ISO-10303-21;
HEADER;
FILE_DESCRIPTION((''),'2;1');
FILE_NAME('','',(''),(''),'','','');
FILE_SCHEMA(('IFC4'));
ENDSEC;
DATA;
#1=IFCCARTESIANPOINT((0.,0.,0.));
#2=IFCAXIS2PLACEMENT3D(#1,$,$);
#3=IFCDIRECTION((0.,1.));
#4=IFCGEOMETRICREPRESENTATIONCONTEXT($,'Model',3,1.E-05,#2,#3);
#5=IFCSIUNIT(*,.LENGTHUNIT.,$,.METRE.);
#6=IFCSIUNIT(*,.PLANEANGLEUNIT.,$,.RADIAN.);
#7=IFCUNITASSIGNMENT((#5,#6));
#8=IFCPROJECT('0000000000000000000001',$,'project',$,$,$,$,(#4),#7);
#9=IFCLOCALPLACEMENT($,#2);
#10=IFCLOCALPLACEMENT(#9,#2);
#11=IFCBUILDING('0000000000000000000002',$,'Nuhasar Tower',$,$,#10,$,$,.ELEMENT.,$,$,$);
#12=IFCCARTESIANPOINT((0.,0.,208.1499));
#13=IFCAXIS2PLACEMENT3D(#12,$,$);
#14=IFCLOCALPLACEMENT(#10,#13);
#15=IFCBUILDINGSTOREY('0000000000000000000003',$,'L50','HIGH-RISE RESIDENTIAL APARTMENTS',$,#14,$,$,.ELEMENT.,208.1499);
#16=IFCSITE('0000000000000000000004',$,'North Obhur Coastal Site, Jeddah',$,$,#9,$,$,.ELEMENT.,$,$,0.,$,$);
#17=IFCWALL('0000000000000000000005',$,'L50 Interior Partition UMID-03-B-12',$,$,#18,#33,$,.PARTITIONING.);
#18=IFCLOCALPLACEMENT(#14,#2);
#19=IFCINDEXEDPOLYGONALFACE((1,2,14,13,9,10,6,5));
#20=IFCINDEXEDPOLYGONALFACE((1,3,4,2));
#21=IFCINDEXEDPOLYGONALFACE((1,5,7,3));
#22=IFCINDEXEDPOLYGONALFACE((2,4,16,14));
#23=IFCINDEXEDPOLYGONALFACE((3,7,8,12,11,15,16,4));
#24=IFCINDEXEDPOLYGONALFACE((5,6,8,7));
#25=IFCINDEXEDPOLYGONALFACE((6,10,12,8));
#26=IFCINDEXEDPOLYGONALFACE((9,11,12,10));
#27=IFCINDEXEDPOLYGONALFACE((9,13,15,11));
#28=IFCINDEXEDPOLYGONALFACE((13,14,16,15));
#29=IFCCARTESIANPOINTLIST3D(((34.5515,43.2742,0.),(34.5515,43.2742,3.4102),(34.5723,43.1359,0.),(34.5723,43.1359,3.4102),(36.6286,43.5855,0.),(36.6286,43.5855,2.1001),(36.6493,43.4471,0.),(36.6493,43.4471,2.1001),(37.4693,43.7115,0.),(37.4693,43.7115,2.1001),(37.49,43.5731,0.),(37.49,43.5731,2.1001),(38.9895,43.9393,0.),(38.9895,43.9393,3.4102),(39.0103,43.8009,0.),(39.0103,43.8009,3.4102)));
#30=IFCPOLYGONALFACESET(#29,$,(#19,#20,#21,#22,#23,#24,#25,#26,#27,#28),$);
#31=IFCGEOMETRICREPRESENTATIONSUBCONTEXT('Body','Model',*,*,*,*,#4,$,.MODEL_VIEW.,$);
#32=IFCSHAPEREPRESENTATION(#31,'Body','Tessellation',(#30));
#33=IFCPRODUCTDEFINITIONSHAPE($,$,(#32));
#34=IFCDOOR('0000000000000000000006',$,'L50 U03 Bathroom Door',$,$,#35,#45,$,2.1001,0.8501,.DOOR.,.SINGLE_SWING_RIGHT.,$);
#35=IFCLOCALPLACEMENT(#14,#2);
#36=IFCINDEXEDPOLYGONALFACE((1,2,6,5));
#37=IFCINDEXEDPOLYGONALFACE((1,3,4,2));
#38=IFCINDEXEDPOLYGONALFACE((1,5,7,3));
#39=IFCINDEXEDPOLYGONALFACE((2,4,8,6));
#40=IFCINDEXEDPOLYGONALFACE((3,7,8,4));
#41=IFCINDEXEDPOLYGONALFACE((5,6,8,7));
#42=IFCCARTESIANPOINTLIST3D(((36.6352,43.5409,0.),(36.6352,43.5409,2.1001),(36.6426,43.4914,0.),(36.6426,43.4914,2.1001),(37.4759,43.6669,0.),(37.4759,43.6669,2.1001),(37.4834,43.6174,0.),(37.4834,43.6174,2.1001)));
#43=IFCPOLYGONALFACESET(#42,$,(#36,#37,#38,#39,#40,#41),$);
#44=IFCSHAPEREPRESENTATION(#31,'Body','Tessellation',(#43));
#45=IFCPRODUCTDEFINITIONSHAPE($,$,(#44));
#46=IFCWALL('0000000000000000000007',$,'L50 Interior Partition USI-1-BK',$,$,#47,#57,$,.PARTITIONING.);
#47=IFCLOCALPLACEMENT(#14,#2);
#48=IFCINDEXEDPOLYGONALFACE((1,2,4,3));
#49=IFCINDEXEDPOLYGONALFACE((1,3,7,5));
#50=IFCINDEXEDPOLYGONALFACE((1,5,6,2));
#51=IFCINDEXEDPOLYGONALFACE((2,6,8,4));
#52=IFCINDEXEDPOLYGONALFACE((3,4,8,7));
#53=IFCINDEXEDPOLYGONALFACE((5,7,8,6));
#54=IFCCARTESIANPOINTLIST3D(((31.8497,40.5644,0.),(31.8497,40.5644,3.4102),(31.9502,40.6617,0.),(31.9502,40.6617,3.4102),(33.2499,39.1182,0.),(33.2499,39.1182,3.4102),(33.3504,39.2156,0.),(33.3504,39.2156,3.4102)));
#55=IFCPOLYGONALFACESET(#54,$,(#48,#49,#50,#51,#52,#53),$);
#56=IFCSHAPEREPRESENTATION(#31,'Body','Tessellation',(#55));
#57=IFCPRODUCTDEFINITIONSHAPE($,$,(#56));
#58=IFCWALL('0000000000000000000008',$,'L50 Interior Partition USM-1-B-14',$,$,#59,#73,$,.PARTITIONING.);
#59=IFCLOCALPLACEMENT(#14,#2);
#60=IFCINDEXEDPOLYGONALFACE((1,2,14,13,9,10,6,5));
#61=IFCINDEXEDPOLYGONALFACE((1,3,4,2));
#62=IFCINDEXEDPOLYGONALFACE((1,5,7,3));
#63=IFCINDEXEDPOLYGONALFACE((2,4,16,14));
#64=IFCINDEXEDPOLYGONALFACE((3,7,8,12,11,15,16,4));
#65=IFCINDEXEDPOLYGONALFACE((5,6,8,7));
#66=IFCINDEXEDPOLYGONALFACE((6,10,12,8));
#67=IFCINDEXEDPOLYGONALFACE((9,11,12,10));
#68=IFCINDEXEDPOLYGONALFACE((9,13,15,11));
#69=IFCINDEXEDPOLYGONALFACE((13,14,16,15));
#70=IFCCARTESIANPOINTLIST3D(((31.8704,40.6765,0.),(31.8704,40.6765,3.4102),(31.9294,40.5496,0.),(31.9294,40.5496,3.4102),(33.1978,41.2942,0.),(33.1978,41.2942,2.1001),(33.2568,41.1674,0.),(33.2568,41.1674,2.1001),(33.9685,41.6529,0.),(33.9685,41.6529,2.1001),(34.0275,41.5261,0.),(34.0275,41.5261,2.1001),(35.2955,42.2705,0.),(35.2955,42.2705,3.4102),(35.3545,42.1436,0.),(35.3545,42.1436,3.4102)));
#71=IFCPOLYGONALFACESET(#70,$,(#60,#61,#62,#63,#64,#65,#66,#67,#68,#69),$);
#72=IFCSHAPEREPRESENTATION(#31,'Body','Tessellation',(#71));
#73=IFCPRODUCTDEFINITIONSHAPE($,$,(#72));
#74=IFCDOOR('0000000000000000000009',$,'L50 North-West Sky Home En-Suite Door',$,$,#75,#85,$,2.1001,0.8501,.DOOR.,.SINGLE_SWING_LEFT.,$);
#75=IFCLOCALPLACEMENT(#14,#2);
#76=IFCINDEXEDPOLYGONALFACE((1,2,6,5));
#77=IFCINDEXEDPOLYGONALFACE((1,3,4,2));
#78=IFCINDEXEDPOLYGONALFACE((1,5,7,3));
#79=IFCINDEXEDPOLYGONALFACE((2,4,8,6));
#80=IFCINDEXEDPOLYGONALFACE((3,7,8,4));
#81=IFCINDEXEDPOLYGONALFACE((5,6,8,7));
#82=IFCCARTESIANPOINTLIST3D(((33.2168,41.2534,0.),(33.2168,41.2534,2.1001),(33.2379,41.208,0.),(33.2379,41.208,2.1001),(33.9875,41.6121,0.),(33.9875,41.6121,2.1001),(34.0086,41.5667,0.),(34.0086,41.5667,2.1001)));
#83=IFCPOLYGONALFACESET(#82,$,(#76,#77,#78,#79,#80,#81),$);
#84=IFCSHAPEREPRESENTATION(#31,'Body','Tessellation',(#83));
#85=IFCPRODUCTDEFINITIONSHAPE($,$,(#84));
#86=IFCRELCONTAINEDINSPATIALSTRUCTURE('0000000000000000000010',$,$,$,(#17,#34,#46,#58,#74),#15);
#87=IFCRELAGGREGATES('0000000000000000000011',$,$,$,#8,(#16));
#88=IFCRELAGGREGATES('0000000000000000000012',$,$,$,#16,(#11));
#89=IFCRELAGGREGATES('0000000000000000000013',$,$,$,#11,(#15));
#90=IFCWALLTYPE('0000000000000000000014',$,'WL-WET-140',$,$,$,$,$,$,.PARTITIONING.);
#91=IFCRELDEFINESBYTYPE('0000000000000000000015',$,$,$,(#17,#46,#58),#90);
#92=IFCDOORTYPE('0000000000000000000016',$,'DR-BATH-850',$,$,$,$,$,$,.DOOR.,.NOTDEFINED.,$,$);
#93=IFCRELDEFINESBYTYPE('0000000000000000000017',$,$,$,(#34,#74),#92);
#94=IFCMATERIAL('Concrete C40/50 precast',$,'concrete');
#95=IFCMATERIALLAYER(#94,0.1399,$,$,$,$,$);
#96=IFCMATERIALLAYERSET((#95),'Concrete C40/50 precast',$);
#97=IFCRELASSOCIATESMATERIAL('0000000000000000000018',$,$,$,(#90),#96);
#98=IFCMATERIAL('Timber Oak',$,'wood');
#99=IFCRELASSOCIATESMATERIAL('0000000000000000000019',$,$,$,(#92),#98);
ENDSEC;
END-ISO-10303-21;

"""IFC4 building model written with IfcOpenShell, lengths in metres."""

from ifc_helpers import new_model, si_unit, direction, frame, frame_2d, origin, place, context, subcontext, project, spatial, rectangle, extrude, material, layer, layer_set, type_object, element, fill, save


model = new_model("IFC4")

# Units and contexts
model_context = context("Model", 3, precision=1e-05, world=origin(), true_north=direction((0.0, 1.0)))
body_context = subcontext(model_context, "Body", "Model", "MODEL_VIEW")
ifc_project = project(units=[si_unit("LENGTHUNIT", "METRE"), si_unit("PLANEANGLEUNIT", "RADIAN")], contexts=[model_context])

# Site, building, storey
site_placement = place(None, origin())
site = spatial("IfcSite", under=ifc_project, at=site_placement, Name="North Obhur Coastal Site, Jeddah", CompositionType="ELEMENT", RefElevation=0.0)
building_placement = place(site_placement, origin())
building = spatial("IfcBuilding", under=site, at=building_placement, Name="Nuhasar Tower", CompositionType="ELEMENT")
storey_placement = place(building_placement, frame((0.0, 0.0, 208.1499)))
storey = spatial("IfcBuildingStorey", under=building, at=storey_placement, Name="L50", Description="HIGH-RISE RESIDENTIAL APARTMENTS", CompositionType="ELEMENT", Elevation=208.1499)

# Shared definitions
ifc_material_1 = material(Name="Concrete C40/50 precast", Category="concrete")

# Wall, opening, door
ifc_layer_1 = layer(ifc_material_1, 0.1399)
ifc_layer_set_1 = layer_set([ifc_layer_1], Name="Concrete C40/50 precast")
wall_type_1 = type_object("IfcWallType", Name="WL-WET-140", PredefinedType="PARTITIONING", material=ifc_layer_set_1)
wall_1_placement = place(storey_placement, frame((34.562, 43.2051, 0.0), z_axis=(0.0, 0.0, 1.0), x_axis=(0.988958, 0.148197, 0.0)))
wall_1 = element("IfcWall", 1, at=wall_1_placement, inside=storey, type_object=wall_type_1, Name="L50 Interior Partition UMID-03-B-12", PredefinedType="PARTITIONING", context=body_context, shape_type="SweptSolid", body=[
    extrude(rectangle(XDim=4.4875, YDim=0.1399, at=frame_2d((2.2437, 0.0))), origin(), (0.0, 0.0, 1.0), 3.4102),
])
opening_1_placement = place(wall_1_placement, frame((2.1001, 0.0, 0.0)))
opening_1 = element("IfcOpeningElement", 2, at=opening_1_placement, cuts=wall_1, PredefinedType="OPENING", context=body_context, shape_type="SweptSolid", body=[
    extrude(rectangle(XDim=0.8501, YDim=2.1001, at=frame_2d((0.425, 1.05))), frame((0.0, 0.0801, 0.0), z_axis=(0.0, -1.0, 0.0), x_axis=(1.0, 0.0, 0.0)), (0.0, 0.0, 1.0), 0.1599),
])
ifc_material_2 = material(Name="Timber Oak", Category="wood")
door_type_1 = type_object("IfcDoorType", Name="DR-BATH-850", OperationType="NOTDEFINED", PredefinedType="DOOR", material=ifc_material_2)
door_1_placement = place(opening_1_placement, origin())
door_1 = element("IfcDoor", 3, at=door_1_placement, inside=storey, type_object=door_type_1, Name="L50 U03 Bathroom Door", OperationType="SINGLE_SWING_RIGHT", OverallHeight=2.1001, OverallWidth=0.8501, PredefinedType="DOOR", context=body_context, shape_type="SweptSolid", body=[
    extrude(rectangle(XDim=0.8501, YDim=2.1001, at=frame_2d((0.425, 1.05))), frame((0.0, 0.0249, 0.0), z_axis=(0.0, -1.0, 0.0), x_axis=(1.0, 0.0, 0.0)), (0.0, 0.0, 1.0), 0.05),
])
fill(opening_1, door_1)

# Wall
wall_2_placement = place(storey_placement, frame((33.3, 39.167, 0.0), z_axis=(0.0, 0.0, 1.0), x_axis=(-0.695613, 0.718416, 0.0)))
element("IfcWall", 4, at=wall_2_placement, inside=storey, type_object=wall_type_1, Name="L50 Interior Partition USI-1-BK", PredefinedType="PARTITIONING", context=body_context, shape_type="SweptSolid", body=[
    extrude(rectangle(XDim=2.0129, YDim=0.1399, at=frame_2d((1.0063, 0.0))), origin(), (0.0, 0.0, 1.0), 3.4102),
])

# Wall, opening, door
wall_3_placement = place(storey_placement, frame((31.8999, 40.613, 0.0), z_axis=(0.0, 0.0, 1.0), x_axis=(0.906625, 0.421937, 0.0)))
wall_3 = element("IfcWall", 5, at=wall_3_placement, inside=storey, type_object=wall_type_1, Name="L50 Interior Partition USM-1-B-14", PredefinedType="PARTITIONING", context=body_context, shape_type="SweptSolid", body=[
    extrude(rectangle(XDim=3.7778, YDim=0.1399, at=frame_2d((1.8889, 0.0))), origin(), (0.0, 0.0, 1.0), 3.4102),
])
opening_2_placement = place(wall_3_placement, frame((1.4641, 0.0, 0.0)))
opening_2 = element("IfcOpeningElement", 6, at=opening_2_placement, cuts=wall_3, PredefinedType="OPENING", context=body_context, shape_type="SweptSolid", body=[
    extrude(rectangle(XDim=0.8501, YDim=2.1001, at=frame_2d((0.425, 1.05))), frame((0.0, 0.0801, 0.0), z_axis=(0.0, -1.0, 0.0), x_axis=(1.0, 0.0, 0.0)), (0.0, 0.0, 1.0), 0.1599),
])
door_2_placement = place(opening_2_placement, origin())
door_2 = element("IfcDoor", 7, at=door_2_placement, inside=storey, type_object=door_type_1, Name="L50 North-West Sky Home En-Suite Door", OperationType="SINGLE_SWING_LEFT", OverallHeight=2.1001, OverallWidth=0.8501, PredefinedType="DOOR", context=body_context, shape_type="SweptSolid", body=[
    extrude(rectangle(XDim=0.8501, YDim=2.1001, at=frame_2d((0.425, 1.05))), frame((0.0, 0.0249, 0.0), z_axis=(0.0, -1.0, 0.0), x_axis=(1.0, 0.0, 0.0)), (0.0, 0.0, 1.0), 0.05),
])
fill(opening_2, door_2)

save(model, "model.ifc")
